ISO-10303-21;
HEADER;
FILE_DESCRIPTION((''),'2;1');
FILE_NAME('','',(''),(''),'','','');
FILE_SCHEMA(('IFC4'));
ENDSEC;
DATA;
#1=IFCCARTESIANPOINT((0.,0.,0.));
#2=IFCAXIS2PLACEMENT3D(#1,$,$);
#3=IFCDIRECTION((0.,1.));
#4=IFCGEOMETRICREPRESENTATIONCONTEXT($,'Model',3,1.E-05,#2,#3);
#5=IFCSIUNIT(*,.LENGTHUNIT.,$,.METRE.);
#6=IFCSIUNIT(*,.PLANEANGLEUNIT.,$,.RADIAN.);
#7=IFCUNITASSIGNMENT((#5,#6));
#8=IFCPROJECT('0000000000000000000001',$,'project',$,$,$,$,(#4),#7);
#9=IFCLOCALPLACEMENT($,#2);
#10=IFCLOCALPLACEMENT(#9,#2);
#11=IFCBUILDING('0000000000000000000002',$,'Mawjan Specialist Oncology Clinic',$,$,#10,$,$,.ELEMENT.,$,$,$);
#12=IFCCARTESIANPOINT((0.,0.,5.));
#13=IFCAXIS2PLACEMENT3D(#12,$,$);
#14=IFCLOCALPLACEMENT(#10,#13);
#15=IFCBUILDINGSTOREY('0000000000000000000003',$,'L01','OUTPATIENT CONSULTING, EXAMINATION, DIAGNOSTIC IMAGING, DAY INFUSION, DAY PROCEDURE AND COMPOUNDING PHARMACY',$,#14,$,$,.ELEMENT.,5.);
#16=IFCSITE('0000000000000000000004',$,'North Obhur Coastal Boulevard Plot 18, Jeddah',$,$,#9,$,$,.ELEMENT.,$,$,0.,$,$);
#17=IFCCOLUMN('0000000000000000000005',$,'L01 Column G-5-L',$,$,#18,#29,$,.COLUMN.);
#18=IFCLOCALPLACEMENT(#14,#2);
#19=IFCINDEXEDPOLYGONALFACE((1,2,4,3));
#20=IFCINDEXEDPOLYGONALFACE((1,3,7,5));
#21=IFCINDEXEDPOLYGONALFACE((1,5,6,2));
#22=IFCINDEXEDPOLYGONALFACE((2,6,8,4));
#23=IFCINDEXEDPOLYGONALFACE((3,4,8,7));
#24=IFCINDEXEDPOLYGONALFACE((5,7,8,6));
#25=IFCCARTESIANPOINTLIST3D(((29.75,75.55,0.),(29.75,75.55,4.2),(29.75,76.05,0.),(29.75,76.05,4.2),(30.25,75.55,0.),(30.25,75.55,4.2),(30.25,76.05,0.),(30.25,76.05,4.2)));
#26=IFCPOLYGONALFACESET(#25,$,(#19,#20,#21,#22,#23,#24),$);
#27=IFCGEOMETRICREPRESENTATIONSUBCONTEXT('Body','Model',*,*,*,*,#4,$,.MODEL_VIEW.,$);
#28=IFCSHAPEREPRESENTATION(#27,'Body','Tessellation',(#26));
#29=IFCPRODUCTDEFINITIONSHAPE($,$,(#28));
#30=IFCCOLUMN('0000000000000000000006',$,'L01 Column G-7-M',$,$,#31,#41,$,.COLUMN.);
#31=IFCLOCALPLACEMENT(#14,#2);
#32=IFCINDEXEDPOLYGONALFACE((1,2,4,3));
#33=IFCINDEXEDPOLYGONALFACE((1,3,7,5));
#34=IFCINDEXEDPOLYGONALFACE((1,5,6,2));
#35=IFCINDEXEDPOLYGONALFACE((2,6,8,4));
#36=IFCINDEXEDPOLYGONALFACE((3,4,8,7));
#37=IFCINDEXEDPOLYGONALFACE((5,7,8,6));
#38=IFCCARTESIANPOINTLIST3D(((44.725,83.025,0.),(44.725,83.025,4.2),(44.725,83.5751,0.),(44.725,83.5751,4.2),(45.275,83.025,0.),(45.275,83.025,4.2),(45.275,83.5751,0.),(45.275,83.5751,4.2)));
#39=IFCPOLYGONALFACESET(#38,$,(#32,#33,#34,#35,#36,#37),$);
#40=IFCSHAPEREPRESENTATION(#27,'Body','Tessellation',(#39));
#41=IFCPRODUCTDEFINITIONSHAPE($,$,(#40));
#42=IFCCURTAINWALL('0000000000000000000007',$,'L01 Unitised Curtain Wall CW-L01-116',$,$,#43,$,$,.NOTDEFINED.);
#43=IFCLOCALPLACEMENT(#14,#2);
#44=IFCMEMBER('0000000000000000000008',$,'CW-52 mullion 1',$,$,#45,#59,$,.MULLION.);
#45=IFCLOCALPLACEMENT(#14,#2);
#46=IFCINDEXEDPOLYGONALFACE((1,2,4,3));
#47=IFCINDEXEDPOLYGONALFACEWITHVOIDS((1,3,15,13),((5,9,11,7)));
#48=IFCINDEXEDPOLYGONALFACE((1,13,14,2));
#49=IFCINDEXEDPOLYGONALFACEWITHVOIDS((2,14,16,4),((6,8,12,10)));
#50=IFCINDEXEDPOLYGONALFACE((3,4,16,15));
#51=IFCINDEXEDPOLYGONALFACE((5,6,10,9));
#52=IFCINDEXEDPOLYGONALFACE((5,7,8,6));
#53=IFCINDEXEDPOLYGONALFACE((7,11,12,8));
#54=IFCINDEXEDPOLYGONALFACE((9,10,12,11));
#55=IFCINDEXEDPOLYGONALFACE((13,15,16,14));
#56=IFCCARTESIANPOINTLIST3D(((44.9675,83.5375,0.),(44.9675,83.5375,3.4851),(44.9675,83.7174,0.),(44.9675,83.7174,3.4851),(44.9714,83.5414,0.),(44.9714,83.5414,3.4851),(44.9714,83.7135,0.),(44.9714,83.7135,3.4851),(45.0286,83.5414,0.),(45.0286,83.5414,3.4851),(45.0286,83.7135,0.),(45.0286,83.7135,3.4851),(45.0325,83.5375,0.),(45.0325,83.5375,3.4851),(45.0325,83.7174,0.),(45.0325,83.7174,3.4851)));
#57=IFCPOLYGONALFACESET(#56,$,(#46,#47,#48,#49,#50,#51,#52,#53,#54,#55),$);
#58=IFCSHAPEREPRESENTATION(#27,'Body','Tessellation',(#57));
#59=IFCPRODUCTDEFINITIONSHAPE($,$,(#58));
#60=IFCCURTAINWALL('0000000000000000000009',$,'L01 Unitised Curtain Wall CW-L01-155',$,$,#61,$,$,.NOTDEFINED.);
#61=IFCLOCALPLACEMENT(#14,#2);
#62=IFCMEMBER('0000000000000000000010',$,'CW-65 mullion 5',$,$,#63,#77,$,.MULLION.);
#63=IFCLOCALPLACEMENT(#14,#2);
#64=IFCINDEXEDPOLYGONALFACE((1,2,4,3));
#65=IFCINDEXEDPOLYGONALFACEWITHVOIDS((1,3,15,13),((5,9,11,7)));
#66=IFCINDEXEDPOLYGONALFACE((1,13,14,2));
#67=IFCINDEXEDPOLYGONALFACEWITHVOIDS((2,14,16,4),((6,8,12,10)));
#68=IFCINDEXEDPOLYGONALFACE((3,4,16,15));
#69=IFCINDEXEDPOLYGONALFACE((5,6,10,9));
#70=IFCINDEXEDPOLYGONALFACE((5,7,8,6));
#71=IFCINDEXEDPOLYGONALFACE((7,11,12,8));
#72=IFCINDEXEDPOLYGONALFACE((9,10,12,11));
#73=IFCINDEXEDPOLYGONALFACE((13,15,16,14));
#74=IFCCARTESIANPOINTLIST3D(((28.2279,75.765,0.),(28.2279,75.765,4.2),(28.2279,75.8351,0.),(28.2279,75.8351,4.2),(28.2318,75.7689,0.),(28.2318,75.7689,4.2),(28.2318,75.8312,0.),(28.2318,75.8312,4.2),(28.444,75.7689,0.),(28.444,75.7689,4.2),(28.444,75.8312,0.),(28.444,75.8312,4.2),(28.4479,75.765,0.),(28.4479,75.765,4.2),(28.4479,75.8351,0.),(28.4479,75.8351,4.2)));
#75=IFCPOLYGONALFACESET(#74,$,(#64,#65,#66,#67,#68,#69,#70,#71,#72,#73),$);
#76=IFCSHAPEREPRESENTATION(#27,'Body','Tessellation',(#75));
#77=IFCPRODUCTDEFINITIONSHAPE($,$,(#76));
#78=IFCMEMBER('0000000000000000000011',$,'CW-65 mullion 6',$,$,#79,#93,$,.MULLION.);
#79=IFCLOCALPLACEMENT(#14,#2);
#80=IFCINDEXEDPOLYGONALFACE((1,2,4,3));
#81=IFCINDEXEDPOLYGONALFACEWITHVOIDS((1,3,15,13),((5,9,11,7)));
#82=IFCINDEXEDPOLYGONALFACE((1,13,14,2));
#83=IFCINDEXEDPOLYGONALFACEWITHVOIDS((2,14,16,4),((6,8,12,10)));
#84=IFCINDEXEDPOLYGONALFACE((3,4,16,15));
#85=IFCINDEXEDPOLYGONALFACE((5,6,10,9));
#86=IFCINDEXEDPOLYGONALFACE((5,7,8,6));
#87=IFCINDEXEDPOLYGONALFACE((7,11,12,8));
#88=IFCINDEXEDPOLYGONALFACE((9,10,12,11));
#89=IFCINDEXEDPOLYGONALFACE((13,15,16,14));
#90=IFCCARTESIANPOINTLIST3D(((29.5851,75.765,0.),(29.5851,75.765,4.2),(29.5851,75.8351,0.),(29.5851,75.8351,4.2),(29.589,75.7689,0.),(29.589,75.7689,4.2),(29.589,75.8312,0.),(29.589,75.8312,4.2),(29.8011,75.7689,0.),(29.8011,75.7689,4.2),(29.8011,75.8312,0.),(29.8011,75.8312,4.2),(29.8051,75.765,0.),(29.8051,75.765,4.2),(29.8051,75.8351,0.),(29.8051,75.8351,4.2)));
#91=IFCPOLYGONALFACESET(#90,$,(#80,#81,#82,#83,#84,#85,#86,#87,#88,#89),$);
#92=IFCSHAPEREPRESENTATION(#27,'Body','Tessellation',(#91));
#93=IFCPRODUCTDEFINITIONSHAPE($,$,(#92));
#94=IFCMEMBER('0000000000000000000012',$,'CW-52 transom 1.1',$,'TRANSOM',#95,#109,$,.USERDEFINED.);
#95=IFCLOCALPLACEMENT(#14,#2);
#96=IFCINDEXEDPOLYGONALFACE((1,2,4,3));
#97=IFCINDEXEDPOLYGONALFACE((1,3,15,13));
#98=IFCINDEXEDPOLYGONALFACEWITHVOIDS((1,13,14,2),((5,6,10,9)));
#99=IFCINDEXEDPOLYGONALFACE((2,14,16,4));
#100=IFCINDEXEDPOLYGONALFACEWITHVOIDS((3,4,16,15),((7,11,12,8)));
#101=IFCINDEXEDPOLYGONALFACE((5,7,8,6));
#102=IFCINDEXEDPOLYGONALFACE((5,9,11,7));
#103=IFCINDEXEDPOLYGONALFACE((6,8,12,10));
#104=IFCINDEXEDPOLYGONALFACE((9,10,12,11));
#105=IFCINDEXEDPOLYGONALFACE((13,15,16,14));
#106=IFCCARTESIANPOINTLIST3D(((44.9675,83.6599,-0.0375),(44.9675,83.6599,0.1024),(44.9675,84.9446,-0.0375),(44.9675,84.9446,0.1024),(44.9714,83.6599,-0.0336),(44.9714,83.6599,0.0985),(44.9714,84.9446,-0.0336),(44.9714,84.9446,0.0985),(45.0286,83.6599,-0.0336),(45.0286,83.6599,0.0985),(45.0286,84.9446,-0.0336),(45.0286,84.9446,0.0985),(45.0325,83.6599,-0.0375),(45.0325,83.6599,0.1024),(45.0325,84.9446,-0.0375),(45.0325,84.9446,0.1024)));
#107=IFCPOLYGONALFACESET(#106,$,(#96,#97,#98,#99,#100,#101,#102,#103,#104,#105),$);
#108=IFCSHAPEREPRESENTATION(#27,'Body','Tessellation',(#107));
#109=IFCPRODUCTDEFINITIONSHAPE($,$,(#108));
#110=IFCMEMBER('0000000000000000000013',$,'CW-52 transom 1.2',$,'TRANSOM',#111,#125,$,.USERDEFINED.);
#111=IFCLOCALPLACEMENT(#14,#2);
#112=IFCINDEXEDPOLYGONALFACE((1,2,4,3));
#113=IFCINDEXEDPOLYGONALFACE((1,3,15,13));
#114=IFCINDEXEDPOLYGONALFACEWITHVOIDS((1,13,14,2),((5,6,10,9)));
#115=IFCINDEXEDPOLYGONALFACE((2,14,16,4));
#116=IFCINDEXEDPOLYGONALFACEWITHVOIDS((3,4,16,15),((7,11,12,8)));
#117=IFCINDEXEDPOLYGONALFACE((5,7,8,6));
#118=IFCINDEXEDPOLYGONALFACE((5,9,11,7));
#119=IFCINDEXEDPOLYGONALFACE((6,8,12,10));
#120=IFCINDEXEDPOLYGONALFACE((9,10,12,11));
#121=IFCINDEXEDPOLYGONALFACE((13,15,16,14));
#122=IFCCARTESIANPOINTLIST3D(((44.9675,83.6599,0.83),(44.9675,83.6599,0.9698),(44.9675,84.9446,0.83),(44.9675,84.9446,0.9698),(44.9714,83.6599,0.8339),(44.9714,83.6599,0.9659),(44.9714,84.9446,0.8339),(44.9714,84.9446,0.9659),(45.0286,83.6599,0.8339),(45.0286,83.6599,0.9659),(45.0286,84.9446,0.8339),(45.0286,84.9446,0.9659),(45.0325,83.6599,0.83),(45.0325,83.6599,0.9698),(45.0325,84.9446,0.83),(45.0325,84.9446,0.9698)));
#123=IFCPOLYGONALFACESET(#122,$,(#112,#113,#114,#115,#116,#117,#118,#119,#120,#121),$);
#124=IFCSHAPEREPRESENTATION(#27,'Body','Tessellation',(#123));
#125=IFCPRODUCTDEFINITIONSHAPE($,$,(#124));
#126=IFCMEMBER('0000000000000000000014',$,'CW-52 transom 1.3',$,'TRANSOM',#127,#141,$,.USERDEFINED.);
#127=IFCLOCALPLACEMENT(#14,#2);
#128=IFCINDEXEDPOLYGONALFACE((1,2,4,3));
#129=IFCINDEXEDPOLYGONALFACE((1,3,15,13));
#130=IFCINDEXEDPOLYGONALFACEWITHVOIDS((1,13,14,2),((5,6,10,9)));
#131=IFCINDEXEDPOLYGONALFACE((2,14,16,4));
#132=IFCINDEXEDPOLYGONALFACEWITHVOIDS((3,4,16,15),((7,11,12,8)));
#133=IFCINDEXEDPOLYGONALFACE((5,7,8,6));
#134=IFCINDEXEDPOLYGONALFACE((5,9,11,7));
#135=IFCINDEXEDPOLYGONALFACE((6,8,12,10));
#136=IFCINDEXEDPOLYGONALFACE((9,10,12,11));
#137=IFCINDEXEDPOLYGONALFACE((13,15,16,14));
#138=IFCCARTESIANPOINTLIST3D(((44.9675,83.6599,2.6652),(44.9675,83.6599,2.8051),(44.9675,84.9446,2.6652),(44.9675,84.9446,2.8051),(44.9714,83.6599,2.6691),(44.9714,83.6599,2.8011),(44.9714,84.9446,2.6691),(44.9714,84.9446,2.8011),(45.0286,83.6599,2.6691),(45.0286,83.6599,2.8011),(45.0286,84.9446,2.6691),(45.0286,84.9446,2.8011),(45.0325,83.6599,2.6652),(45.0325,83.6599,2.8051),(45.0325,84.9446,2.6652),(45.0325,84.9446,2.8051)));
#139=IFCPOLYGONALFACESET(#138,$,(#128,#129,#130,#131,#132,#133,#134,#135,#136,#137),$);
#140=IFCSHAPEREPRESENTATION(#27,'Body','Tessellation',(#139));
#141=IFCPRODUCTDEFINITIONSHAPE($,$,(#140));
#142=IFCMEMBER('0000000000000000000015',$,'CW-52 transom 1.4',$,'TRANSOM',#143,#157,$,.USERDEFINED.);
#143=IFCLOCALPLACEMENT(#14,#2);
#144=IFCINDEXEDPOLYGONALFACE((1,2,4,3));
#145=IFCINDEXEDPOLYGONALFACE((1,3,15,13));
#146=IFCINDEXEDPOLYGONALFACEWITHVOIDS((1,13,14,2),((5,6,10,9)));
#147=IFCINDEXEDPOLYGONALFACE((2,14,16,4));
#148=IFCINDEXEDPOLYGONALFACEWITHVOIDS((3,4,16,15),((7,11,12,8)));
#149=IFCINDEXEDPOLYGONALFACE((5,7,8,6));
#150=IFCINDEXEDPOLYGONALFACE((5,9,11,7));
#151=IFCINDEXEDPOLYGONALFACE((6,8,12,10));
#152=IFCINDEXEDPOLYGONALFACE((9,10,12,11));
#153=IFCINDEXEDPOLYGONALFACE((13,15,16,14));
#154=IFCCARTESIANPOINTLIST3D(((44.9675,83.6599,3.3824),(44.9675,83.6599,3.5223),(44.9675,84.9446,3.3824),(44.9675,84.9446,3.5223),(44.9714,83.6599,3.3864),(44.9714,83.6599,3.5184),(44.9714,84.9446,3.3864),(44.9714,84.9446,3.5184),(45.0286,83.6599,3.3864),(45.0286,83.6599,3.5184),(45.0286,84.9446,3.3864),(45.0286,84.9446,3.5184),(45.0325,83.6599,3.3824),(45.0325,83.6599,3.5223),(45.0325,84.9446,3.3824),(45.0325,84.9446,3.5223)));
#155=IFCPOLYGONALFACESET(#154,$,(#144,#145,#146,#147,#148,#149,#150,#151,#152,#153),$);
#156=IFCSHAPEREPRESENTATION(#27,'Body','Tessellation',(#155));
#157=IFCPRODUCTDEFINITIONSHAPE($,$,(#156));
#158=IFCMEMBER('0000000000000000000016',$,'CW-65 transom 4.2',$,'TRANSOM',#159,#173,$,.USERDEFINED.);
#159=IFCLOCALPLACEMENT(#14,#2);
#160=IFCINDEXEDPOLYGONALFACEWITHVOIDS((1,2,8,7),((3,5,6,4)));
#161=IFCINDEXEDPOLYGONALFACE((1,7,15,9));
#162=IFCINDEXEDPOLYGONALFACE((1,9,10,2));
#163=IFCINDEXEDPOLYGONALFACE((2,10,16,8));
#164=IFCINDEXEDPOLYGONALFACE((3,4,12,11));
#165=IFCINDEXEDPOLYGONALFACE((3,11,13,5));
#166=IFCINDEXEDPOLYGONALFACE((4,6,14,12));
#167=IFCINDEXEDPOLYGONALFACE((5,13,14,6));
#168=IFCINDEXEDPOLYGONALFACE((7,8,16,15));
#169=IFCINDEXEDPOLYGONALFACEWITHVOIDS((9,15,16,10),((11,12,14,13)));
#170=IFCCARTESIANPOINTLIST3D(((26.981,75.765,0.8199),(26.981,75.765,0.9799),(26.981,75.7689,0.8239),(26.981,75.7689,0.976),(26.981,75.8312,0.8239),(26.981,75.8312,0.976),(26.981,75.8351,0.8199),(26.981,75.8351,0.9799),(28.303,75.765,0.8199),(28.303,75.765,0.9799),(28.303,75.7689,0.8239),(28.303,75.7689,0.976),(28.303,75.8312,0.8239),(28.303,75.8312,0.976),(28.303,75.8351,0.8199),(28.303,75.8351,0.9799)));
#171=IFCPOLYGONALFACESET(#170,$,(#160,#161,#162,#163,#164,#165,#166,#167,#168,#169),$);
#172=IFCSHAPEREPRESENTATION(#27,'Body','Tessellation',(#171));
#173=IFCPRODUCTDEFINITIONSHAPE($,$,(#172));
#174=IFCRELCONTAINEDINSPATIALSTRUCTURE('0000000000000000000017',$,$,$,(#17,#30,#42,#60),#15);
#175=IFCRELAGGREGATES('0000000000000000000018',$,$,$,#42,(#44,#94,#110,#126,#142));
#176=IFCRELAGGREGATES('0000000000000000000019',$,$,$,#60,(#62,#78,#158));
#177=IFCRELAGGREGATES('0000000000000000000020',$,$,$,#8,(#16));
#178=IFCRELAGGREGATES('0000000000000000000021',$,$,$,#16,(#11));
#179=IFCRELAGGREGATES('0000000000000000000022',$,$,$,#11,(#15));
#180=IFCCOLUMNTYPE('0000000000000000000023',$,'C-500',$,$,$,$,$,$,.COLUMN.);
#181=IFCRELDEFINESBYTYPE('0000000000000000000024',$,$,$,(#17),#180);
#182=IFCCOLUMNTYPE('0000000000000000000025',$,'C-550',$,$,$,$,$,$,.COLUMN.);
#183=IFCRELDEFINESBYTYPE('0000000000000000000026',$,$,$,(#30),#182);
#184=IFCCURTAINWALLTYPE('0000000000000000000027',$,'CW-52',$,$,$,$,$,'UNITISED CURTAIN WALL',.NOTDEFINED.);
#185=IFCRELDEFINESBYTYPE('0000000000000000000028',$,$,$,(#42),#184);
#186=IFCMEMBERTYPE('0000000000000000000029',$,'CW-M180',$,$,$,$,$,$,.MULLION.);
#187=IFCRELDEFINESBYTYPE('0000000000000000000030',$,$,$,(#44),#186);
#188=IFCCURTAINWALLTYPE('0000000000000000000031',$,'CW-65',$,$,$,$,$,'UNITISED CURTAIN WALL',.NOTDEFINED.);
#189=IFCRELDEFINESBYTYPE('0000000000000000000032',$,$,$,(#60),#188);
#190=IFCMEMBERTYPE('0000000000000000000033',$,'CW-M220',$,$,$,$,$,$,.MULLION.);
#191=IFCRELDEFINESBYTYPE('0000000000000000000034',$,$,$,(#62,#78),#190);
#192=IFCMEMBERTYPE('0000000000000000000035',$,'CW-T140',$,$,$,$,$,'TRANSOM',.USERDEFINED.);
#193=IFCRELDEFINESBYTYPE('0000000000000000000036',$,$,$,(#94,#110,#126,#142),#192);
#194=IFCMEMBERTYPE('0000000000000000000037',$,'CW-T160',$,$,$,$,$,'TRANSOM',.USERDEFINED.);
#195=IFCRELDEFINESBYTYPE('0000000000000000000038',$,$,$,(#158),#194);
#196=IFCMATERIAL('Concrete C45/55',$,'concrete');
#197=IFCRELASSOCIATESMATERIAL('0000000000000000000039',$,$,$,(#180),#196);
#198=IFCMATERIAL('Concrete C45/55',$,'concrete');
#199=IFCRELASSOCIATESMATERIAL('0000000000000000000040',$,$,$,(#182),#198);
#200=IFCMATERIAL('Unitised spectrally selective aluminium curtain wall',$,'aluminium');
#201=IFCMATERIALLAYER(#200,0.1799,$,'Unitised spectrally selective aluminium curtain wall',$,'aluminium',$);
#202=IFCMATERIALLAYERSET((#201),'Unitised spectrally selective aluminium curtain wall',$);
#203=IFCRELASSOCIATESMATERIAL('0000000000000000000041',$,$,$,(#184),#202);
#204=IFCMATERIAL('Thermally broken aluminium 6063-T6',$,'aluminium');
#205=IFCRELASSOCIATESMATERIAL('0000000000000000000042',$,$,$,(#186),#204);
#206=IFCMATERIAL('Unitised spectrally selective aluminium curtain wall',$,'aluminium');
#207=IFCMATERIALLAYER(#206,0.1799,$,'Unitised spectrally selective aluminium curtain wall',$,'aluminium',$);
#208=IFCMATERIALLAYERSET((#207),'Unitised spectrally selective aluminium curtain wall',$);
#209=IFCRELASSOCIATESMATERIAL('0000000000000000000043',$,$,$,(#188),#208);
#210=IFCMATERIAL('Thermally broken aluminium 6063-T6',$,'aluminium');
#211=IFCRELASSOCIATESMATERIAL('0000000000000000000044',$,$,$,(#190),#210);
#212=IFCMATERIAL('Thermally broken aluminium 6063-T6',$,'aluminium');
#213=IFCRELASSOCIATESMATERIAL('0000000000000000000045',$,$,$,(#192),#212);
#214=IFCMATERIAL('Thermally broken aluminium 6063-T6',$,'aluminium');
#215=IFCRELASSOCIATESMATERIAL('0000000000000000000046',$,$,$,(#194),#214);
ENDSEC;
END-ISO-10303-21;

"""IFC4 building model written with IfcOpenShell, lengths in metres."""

from ifc_helpers import new_model, si_unit, direction, frame, origin, origin_2d, place, context, subcontext, project, spatial, rectangle, hollow_rectangle, extrude, material, layer, layer_set, material_profile, profile_set, type_object, element, aggregate, save


model = new_model("IFC4")

# Units and contexts
model_context = context("Model", 3, precision=1e-05, world=origin(), true_north=direction((0.0, 1.0)))
body_context = subcontext(model_context, "Body", "Model", "MODEL_VIEW")
ifc_project = project(units=[si_unit("LENGTHUNIT", "METRE"), si_unit("PLANEANGLEUNIT", "RADIAN")], contexts=[model_context])

# Site, building, storey
site_placement = place(None, origin())
site = spatial("IfcSite", under=ifc_project, at=site_placement, Name="North Obhur Coastal Boulevard Plot 18, Jeddah", CompositionType="ELEMENT", RefElevation=0.0)
building_placement = place(site_placement, origin())
building = spatial("IfcBuilding", under=site, at=building_placement, Name="Mawjan Specialist Oncology Clinic", CompositionType="ELEMENT")
storey_placement = place(building_placement, frame((0.0, 0.0, 5.0)))
storey = spatial("IfcBuildingStorey", under=building, at=storey_placement, Name="L01", Description="OUTPATIENT CONSULTING, EXAMINATION, DIAGNOSTIC IMAGING, DAY INFUSION, DAY PROCEDURE AND COMPOUNDING PHARMACY", CompositionType="ELEMENT", Elevation=5.0)

# Columns
ifc_material_1 = material(Name="Concrete C45/55", Category="concrete")
ifc_material_profile_1 = material_profile(ifc_material_1, rectangle(XDim=0.5, YDim=0.5, at=origin_2d()), Name="RC COL 500x500", Category="concrete")
ifc_profile_set_1 = profile_set([ifc_material_profile_1], Name="Concrete C45/55")
column_type_1 = type_object("IfcColumnType", Name="C-500", PredefinedType="COLUMN", material=ifc_profile_set_1)
column_1_placement = place(storey_placement, frame((30.0, 75.8, 0.0), z_axis=(0.0, 0.0, 1.0), x_axis=(1.0, 0.0, 0.0)))
element("IfcColumn", 1, at=column_1_placement, inside=storey, type_object=column_type_1, Name="L01 Column G-5-L", PredefinedType="COLUMN", context=body_context, shape_type="SweptSolid", body=[
    extrude(rectangle(XDim=0.5, YDim=0.5, at=origin_2d()), origin(), (0.0, 0.0, 1.0), 4.2),
])
ifc_material_2 = material(Name="Concrete C45/55", Category="concrete")
ifc_material_profile_2 = material_profile(ifc_material_2, rectangle(XDim=0.55, YDim=0.55, at=origin_2d()), Name="RC COL 550x550", Category="concrete")
ifc_profile_set_2 = profile_set([ifc_material_profile_2], Name="Concrete C45/55")
column_type_2 = type_object("IfcColumnType", Name="C-550", PredefinedType="COLUMN", material=ifc_profile_set_2)
column_2_placement = place(storey_placement, frame((45.0, 83.3, 0.0), z_axis=(0.0, 0.0, 1.0), x_axis=(1.0, 0.0, 0.0)))
element("IfcColumn", 2, at=column_2_placement, inside=storey, type_object=column_type_2, Name="L01 Column G-7-M", PredefinedType="COLUMN", context=body_context, shape_type="SweptSolid", body=[
    extrude(rectangle(XDim=0.55, YDim=0.55, at=origin_2d()), origin(), (0.0, 0.0, 1.0), 4.2),
])

# Curtain wall, member
ifc_material_3 = material(Name="Unitised spectrally selective aluminium curtain wall", Category="aluminium")
ifc_layer_1 = layer(ifc_material_3, 0.1799, Name="Unitised spectrally selective aluminium curtain wall", Category="aluminium")
ifc_layer_set_1 = layer_set([ifc_layer_1], Name="Unitised spectrally selective aluminium curtain wall")
curtain_wall_type_1 = type_object("IfcCurtainWallType", Name="CW-52", ElementType="UNITISED CURTAIN WALL", PredefinedType="NOTDEFINED", material=ifc_layer_set_1)
curtain_wall_1_placement = place(storey_placement, origin())
curtain_wall_1 = element("IfcCurtainWall", 3, at=curtain_wall_1_placement, inside=storey, type_object=curtain_wall_type_1, Name="L01 Unitised Curtain Wall CW-L01-116", PredefinedType="NOTDEFINED")
ifc_material_4 = material(Name="Thermally broken aluminium 6063-T6", Category="aluminium")
ifc_material_profile_3 = material_profile(ifc_material_4, hollow_rectangle(XDim=0.0649, YDim=0.1799, WallThickness=0.0039, at=origin_2d()), Name="ALU MULLION 180x65x4", Category="aluminium")
ifc_profile_set_3 = profile_set([ifc_material_profile_3], Name="Thermally broken aluminium 6063-T6")
member_type_1 = type_object("IfcMemberType", Name="CW-M180", PredefinedType="MULLION", material=ifc_profile_set_3)
member_1_placement = place(storey_placement, frame((45.0, 83.6274, 0.0), z_axis=(0.0, 0.0, 1.0), x_axis=(-1.0, 0.0, 0.0)))
member_1 = element("IfcMember", 4, at=member_1_placement, type_object=member_type_1, Name="CW-52 mullion 1", PredefinedType="MULLION", context=body_context, shape_type="SweptSolid", body=[
    extrude(hollow_rectangle(XDim=0.0649, YDim=0.1799, WallThickness=0.0039, at=origin_2d()), origin(), (0.0, 0.0, 1.0), 3.4851),
])

# Curtain wall, members
ifc_material_5 = material(Name="Unitised spectrally selective aluminium curtain wall", Category="aluminium")
ifc_layer_2 = layer(ifc_material_5, 0.1799, Name="Unitised spectrally selective aluminium curtain wall", Category="aluminium")
ifc_layer_set_2 = layer_set([ifc_layer_2], Name="Unitised spectrally selective aluminium curtain wall")
curtain_wall_type_2 = type_object("IfcCurtainWallType", Name="CW-65", ElementType="UNITISED CURTAIN WALL", PredefinedType="NOTDEFINED", material=ifc_layer_set_2)
curtain_wall_2_placement = place(storey_placement, origin())
curtain_wall_2 = element("IfcCurtainWall", 5, at=curtain_wall_2_placement, inside=storey, type_object=curtain_wall_type_2, Name="L01 Unitised Curtain Wall CW-L01-155", PredefinedType="NOTDEFINED")
ifc_material_6 = material(Name="Thermally broken aluminium 6063-T6", Category="aluminium")
ifc_material_profile_4 = material_profile(ifc_material_6, hollow_rectangle(XDim=0.0701, YDim=0.22, WallThickness=0.0039, at=origin_2d()), Name="ALU MULLION 220x70x4", Category="aluminium")
ifc_profile_set_4 = profile_set([ifc_material_profile_4], Name="Thermally broken aluminium 6063-T6")
member_type_2 = type_object("IfcMemberType", Name="CW-M220", PredefinedType="MULLION", material=ifc_profile_set_4)
member_2_placement = place(storey_placement, frame((28.3379, 75.8, 0.0), z_axis=(0.0, 0.0, 1.0), x_axis=(0.0, 1.0, 0.0)))
member_2 = element("IfcMember", 6, at=member_2_placement, type_object=member_type_2, Name="CW-65 mullion 5", PredefinedType="MULLION", context=body_context, shape_type="SweptSolid", body=[
    extrude(hollow_rectangle(XDim=0.0701, YDim=0.22, WallThickness=0.0039, at=origin_2d()), origin(), (0.0, 0.0, 1.0), 4.2),
])
member_3_placement = place(storey_placement, frame((29.6951, 75.8, 0.0), z_axis=(0.0, 0.0, 1.0), x_axis=(0.0, 1.0, 0.0)))
member_3 = element("IfcMember", 7, at=member_3_placement, type_object=member_type_2, Name="CW-65 mullion 6", PredefinedType="MULLION", context=body_context, shape_type="SweptSolid", body=[
    extrude(hollow_rectangle(XDim=0.0701, YDim=0.22, WallThickness=0.0039, at=origin_2d()), origin(), (0.0, 0.0, 1.0), 4.2),
])

# Members
ifc_material_7 = material(Name="Thermally broken aluminium 6063-T6", Category="aluminium")
ifc_material_profile_5 = material_profile(ifc_material_7, hollow_rectangle(XDim=0.0649, YDim=0.1399, WallThickness=0.0039, at=origin_2d()), Name="ALU TRANSOM 140x65x4", Category="aluminium")
ifc_profile_set_5 = profile_set([ifc_material_profile_5], Name="Thermally broken aluminium 6063-T6")
member_type_3 = type_object("IfcMemberType", Name="CW-T140", ElementType="TRANSOM", PredefinedType="USERDEFINED", material=ifc_profile_set_5)
member_4_placement = place(storey_placement, frame((45.0, 83.6599, 0.0325), z_axis=(0.0, 1.0, 0.0), x_axis=(-1.0, 0.0, 0.0)))
member_4 = element("IfcMember", 8, at=member_4_placement, type_object=member_type_3, Name="CW-52 transom 1.1", ObjectType="TRANSOM", PredefinedType="USERDEFINED", context=body_context, shape_type="SweptSolid", body=[
    extrude(hollow_rectangle(XDim=0.0649, YDim=0.1399, WallThickness=0.0039, at=origin_2d()), origin(), (0.0, 0.0, 1.0), 1.2847),
])
member_5_placement = place(storey_placement, frame((45.0, 83.6599, 0.8999), z_axis=(0.0, 1.0, 0.0), x_axis=(-1.0, 0.0, 0.0)))
member_5 = element("IfcMember", 9, at=member_5_placement, type_object=member_type_3, Name="CW-52 transom 1.2", ObjectType="TRANSOM", PredefinedType="USERDEFINED", context=body_context, shape_type="SweptSolid", body=[
    extrude(hollow_rectangle(XDim=0.0649, YDim=0.1399, WallThickness=0.0039, at=origin_2d()), origin(), (0.0, 0.0, 1.0), 1.2847),
])
member_6_placement = place(storey_placement, frame((45.0, 83.6599, 2.7351), z_axis=(0.0, 1.0, 0.0), x_axis=(-1.0, 0.0, 0.0)))
member_6 = element("IfcMember", 10, at=member_6_placement, type_object=member_type_3, Name="CW-52 transom 1.3", ObjectType="TRANSOM", PredefinedType="USERDEFINED", context=body_context, shape_type="SweptSolid", body=[
    extrude(hollow_rectangle(XDim=0.0649, YDim=0.1399, WallThickness=0.0039, at=origin_2d()), origin(), (0.0, 0.0, 1.0), 1.2847),
])
member_7_placement = place(storey_placement, frame((45.0, 83.6599, 3.4524), z_axis=(0.0, 1.0, 0.0), x_axis=(-1.0, 0.0, 0.0)))
member_7 = element("IfcMember", 11, at=member_7_placement, type_object=member_type_3, Name="CW-52 transom 1.4", ObjectType="TRANSOM", PredefinedType="USERDEFINED", context=body_context, shape_type="SweptSolid", body=[
    extrude(hollow_rectangle(XDim=0.0649, YDim=0.1399, WallThickness=0.0039, at=origin_2d()), origin(), (0.0, 0.0, 1.0), 1.2847),
])
ifc_material_8 = material(Name="Thermally broken aluminium 6063-T6", Category="aluminium")
ifc_material_profile_6 = material_profile(ifc_material_8, hollow_rectangle(XDim=0.0701, YDim=0.1599, WallThickness=0.0039, at=origin_2d()), Name="ALU TRANSOM 160x70x4", Category="aluminium")
ifc_profile_set_6 = profile_set([ifc_material_profile_6], Name="Thermally broken aluminium 6063-T6")
member_type_4 = type_object("IfcMemberType", Name="CW-T160", ElementType="TRANSOM", PredefinedType="USERDEFINED", material=ifc_profile_set_6)
member_8_placement = place(storey_placement, frame((26.981, 75.8, 0.8999), z_axis=(1.0, 0.0, 0.0), x_axis=(0.0, 1.0, 0.0)))
member_8 = element("IfcMember", 12, at=member_8_placement, type_object=member_type_4, Name="CW-65 transom 4.2", ObjectType="TRANSOM", PredefinedType="USERDEFINED", context=body_context, shape_type="SweptSolid", body=[
    extrude(hollow_rectangle(XDim=0.0701, YDim=0.1599, WallThickness=0.0039, at=origin_2d()), origin(), (0.0, 0.0, 1.0), 1.322),
])

aggregate(curtain_wall_1, [member_1, member_4, member_5, member_6, member_7])
aggregate(curtain_wall_2, [member_2, member_3, member_8])

save(model, "model.ifc")
